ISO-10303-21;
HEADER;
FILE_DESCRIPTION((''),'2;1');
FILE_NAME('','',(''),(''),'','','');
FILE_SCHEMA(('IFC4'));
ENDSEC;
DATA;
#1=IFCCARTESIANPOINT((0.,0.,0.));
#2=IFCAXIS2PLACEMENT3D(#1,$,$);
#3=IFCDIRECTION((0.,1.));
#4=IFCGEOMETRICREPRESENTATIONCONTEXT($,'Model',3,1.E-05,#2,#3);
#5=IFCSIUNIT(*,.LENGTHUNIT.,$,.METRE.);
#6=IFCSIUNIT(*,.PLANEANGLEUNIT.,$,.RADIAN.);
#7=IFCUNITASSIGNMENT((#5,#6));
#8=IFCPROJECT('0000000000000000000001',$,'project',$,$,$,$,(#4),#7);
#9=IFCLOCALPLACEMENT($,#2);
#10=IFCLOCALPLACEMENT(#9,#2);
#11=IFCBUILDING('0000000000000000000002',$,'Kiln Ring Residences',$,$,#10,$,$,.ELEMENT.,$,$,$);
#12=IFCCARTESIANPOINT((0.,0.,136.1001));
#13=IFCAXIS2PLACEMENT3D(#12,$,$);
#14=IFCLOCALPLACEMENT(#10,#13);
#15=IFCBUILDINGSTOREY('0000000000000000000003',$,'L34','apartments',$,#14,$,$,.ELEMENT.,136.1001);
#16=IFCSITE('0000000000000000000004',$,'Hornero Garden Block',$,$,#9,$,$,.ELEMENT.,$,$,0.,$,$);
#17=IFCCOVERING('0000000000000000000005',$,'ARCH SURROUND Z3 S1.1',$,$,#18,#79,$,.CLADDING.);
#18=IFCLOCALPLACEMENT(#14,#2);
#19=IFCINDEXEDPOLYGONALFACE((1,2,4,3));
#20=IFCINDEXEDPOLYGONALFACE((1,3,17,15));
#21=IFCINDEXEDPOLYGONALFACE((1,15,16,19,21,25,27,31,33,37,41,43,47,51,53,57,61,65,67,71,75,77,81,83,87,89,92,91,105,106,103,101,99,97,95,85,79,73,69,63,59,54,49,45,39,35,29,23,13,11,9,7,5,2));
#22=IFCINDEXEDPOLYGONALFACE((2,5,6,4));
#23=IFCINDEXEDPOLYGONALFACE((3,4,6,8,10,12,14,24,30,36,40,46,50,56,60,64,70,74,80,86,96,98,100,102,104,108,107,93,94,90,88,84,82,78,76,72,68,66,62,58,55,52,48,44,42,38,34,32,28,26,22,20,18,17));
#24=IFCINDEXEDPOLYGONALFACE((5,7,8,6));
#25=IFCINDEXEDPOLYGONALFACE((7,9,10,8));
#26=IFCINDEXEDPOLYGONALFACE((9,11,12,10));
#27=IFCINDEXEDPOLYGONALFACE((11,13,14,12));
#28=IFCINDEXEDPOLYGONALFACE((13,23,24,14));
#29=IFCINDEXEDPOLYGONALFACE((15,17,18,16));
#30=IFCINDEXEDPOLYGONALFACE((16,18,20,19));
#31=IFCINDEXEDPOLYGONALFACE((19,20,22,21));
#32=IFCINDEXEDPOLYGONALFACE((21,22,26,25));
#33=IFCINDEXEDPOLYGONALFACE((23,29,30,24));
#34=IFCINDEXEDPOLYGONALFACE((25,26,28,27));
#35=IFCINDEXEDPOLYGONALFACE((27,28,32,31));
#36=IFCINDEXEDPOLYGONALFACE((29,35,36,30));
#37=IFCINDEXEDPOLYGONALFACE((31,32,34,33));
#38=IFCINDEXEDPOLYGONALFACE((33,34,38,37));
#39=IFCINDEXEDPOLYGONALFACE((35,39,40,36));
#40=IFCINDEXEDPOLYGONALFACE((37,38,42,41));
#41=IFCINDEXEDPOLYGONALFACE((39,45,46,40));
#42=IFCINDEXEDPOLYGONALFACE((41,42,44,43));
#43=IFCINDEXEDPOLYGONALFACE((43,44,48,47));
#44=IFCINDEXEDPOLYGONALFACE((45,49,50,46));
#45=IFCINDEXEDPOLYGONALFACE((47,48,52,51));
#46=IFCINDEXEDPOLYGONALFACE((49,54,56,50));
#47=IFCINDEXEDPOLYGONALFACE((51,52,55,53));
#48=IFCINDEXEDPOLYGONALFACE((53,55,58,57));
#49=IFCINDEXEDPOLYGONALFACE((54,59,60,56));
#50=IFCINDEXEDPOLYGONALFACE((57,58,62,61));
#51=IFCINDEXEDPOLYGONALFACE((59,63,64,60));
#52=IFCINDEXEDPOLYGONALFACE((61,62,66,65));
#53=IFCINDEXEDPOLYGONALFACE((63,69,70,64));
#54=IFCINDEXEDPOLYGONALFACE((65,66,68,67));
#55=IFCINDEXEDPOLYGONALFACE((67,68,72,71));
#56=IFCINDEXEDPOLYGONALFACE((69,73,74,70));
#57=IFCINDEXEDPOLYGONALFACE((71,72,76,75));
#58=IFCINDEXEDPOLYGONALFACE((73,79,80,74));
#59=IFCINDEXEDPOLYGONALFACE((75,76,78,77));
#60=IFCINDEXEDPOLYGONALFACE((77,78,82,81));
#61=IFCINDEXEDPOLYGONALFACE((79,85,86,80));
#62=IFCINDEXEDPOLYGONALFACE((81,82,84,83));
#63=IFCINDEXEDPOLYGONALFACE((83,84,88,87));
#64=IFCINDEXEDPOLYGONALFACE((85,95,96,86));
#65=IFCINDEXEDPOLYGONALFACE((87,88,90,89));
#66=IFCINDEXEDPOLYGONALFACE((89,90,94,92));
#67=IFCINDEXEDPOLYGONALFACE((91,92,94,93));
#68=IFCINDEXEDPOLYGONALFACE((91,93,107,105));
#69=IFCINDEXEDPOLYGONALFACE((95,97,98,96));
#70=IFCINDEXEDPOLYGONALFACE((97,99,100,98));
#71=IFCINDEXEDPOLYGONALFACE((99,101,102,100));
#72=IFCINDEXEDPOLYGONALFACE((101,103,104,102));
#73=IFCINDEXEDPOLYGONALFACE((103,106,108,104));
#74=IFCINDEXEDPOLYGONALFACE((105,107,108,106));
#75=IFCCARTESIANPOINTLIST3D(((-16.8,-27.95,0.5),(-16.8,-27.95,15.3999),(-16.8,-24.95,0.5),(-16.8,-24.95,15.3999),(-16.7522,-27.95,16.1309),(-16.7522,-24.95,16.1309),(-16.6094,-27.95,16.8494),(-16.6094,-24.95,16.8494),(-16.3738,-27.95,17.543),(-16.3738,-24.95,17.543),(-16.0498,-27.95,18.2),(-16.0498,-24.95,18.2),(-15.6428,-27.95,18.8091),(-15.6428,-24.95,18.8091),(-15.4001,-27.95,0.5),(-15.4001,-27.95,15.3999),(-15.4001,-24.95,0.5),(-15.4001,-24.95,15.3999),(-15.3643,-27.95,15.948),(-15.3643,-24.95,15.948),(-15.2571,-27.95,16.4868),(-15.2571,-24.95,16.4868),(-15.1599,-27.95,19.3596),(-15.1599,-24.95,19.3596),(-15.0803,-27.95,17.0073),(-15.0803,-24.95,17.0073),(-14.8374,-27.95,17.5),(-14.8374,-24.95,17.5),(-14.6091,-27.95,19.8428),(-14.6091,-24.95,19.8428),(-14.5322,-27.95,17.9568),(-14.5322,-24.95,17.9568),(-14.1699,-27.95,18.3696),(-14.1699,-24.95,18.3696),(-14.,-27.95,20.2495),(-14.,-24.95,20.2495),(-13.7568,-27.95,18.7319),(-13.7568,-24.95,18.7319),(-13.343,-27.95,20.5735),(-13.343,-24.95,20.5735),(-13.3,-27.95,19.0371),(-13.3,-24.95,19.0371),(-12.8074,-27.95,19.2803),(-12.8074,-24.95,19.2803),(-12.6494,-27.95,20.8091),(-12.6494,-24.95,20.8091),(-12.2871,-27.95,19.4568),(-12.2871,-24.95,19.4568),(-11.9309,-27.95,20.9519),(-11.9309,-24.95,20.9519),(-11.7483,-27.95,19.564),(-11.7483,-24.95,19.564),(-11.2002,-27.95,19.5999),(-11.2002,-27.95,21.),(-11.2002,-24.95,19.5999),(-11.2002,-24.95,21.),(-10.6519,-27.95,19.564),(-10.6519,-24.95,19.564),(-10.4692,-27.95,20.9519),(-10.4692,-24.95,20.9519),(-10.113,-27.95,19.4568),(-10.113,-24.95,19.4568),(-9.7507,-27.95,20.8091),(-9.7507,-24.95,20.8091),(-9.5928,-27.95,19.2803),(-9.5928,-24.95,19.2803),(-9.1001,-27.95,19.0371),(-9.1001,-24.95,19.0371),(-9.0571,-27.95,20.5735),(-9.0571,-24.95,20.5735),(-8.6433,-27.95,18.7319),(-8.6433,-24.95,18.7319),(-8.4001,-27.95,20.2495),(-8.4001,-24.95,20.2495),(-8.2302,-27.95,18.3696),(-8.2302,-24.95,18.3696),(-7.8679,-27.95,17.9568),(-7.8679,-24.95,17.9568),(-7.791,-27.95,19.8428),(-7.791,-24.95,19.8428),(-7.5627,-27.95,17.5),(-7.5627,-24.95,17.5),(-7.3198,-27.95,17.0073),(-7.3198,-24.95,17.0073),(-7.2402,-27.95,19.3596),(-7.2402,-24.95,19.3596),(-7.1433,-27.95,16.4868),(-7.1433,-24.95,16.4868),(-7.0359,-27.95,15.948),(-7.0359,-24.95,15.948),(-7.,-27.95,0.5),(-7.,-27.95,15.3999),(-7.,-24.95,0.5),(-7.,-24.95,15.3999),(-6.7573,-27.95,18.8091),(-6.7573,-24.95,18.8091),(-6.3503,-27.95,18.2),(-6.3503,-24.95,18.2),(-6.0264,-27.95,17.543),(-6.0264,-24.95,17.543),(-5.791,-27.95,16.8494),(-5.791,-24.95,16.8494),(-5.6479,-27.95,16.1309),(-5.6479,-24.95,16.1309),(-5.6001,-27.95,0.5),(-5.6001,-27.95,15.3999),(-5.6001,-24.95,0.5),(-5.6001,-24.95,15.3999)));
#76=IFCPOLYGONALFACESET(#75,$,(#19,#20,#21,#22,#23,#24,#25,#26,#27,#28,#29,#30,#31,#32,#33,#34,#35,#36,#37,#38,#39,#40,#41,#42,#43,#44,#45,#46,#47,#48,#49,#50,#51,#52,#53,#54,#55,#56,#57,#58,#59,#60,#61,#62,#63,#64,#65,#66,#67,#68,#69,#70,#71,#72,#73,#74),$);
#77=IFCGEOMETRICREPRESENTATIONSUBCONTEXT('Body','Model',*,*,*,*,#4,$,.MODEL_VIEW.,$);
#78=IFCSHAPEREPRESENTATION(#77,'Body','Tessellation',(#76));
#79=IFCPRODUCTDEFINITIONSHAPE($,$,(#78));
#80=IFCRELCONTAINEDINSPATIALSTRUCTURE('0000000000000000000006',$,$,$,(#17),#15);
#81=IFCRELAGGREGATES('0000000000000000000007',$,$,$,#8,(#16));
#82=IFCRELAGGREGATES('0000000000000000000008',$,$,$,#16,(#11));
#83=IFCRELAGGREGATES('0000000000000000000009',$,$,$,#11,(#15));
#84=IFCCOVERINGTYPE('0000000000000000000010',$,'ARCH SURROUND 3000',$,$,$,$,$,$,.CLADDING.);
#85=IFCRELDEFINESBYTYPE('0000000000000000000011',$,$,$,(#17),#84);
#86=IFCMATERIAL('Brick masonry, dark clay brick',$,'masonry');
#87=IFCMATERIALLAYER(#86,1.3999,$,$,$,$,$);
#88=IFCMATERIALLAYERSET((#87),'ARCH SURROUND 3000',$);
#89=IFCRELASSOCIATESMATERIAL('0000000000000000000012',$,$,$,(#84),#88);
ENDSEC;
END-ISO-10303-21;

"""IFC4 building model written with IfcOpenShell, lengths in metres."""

from ifc_helpers import new_model, si_unit, direction, frame, origin, place, context, subcontext, project, spatial, polyline, outline, extrude, material, layer, layer_set, type_object, element, save


model = new_model("IFC4")

# Units and contexts
model_context = context("Model", 3, precision=1e-05, world=origin(), true_north=direction((0.0, 1.0)))
body_context = subcontext(model_context, "Body", "Model", "MODEL_VIEW")
ifc_project = project(units=[si_unit("LENGTHUNIT", "METRE"), si_unit("PLANEANGLEUNIT", "RADIAN")], contexts=[model_context])

# Site, building, storey
site_placement = place(None, origin())
site = spatial("IfcSite", under=ifc_project, at=site_placement, Name="Hornero Garden Block", CompositionType="ELEMENT", RefElevation=0.0)
building_placement = place(site_placement, origin())
building = spatial("IfcBuilding", under=site, at=building_placement, Name="Kiln Ring Residences", CompositionType="ELEMENT")
storey_placement = place(building_placement, frame((0.0, 0.0, 136.1001)))
storey = spatial("IfcBuildingStorey", under=building, at=storey_placement, Name="L34", Description="apartments", CompositionType="ELEMENT", Elevation=136.1001)

# Covering
ifc_material_1 = material(Name="Brick masonry, dark clay brick", Category="masonry")
ifc_layer_1 = layer(ifc_material_1, 1.3999)
ifc_layer_set_1 = layer_set([ifc_layer_1], Name="ARCH SURROUND 3000")
covering_type = type_object("IfcCoveringType", Name="ARCH SURROUND 3000", PredefinedType="CLADDING", material=ifc_layer_set_1)
covering_placement = place(storey_placement, frame((-5.6001, -26.45, 0.5), z_axis=(0.0, 0.0, 1.0), x_axis=(-1.0, 0.0, 0.0)))
element("IfcCovering", 1, at=covering_placement, inside=storey, type_object=covering_type, Name="ARCH SURROUND Z3 S1.1", PredefinedType="CLADDING", context=body_context, shape_type="SweptSolid", body=[
    extrude(outline(polyline([(11.2, 0.0), (11.2, 14.8999), (11.1521, 15.6309), (11.0093, 16.3494), (10.7737, 17.043), (10.4497, 17.7), (10.0427, 18.3091), (9.5598, 18.8596), (9.009, 19.3428), (8.3999, 19.7495), (7.7429, 20.0735), (7.0493, 20.3091), (6.3308, 20.4519), (5.6001, 20.5), (4.8691, 20.4519), (4.1506, 20.3091), (3.457, 20.0735), (2.8, 19.7495), (2.1909, 19.3428), (1.6401, 18.8596), (1.1572, 18.3091), (0.7502, 17.7), (0.4263, 17.043), (0.1909, 16.3494), (0.0479, 15.6309), (0.0, 14.8999), (0.0, 0.0), (1.3999, 0.0), (1.3999, 14.8999), (1.4358, 15.448), (1.5432, 15.9868), (1.7197, 16.5073), (1.9626, 17.0), (2.2678, 17.4568), (2.6301, 17.8696), (3.0432, 18.2319), (3.5, 18.5371), (3.9927, 18.7803), (4.5129, 18.9568), (5.0518, 19.064), (5.6001, 19.0999), (6.1482, 19.064), (6.687, 18.9568), (7.2073, 18.7803), (7.7, 18.5371), (8.1567, 18.2319), (8.5698, 17.8696), (8.9321, 17.4568), (9.2373, 17.0), (9.4802, 16.5073), (9.657, 15.9868), (9.7642, 15.448), (9.8, 14.8999), (9.8, 0.0), (11.2, 0.0)])), frame((0.0, 1.5, 0.0), z_axis=(0.0, -1.0, 0.0), x_axis=(1.0, 0.0, 0.0)), (0.0, 0.0, 1.0), 3.0),
])

save(model, "model.ifc")
